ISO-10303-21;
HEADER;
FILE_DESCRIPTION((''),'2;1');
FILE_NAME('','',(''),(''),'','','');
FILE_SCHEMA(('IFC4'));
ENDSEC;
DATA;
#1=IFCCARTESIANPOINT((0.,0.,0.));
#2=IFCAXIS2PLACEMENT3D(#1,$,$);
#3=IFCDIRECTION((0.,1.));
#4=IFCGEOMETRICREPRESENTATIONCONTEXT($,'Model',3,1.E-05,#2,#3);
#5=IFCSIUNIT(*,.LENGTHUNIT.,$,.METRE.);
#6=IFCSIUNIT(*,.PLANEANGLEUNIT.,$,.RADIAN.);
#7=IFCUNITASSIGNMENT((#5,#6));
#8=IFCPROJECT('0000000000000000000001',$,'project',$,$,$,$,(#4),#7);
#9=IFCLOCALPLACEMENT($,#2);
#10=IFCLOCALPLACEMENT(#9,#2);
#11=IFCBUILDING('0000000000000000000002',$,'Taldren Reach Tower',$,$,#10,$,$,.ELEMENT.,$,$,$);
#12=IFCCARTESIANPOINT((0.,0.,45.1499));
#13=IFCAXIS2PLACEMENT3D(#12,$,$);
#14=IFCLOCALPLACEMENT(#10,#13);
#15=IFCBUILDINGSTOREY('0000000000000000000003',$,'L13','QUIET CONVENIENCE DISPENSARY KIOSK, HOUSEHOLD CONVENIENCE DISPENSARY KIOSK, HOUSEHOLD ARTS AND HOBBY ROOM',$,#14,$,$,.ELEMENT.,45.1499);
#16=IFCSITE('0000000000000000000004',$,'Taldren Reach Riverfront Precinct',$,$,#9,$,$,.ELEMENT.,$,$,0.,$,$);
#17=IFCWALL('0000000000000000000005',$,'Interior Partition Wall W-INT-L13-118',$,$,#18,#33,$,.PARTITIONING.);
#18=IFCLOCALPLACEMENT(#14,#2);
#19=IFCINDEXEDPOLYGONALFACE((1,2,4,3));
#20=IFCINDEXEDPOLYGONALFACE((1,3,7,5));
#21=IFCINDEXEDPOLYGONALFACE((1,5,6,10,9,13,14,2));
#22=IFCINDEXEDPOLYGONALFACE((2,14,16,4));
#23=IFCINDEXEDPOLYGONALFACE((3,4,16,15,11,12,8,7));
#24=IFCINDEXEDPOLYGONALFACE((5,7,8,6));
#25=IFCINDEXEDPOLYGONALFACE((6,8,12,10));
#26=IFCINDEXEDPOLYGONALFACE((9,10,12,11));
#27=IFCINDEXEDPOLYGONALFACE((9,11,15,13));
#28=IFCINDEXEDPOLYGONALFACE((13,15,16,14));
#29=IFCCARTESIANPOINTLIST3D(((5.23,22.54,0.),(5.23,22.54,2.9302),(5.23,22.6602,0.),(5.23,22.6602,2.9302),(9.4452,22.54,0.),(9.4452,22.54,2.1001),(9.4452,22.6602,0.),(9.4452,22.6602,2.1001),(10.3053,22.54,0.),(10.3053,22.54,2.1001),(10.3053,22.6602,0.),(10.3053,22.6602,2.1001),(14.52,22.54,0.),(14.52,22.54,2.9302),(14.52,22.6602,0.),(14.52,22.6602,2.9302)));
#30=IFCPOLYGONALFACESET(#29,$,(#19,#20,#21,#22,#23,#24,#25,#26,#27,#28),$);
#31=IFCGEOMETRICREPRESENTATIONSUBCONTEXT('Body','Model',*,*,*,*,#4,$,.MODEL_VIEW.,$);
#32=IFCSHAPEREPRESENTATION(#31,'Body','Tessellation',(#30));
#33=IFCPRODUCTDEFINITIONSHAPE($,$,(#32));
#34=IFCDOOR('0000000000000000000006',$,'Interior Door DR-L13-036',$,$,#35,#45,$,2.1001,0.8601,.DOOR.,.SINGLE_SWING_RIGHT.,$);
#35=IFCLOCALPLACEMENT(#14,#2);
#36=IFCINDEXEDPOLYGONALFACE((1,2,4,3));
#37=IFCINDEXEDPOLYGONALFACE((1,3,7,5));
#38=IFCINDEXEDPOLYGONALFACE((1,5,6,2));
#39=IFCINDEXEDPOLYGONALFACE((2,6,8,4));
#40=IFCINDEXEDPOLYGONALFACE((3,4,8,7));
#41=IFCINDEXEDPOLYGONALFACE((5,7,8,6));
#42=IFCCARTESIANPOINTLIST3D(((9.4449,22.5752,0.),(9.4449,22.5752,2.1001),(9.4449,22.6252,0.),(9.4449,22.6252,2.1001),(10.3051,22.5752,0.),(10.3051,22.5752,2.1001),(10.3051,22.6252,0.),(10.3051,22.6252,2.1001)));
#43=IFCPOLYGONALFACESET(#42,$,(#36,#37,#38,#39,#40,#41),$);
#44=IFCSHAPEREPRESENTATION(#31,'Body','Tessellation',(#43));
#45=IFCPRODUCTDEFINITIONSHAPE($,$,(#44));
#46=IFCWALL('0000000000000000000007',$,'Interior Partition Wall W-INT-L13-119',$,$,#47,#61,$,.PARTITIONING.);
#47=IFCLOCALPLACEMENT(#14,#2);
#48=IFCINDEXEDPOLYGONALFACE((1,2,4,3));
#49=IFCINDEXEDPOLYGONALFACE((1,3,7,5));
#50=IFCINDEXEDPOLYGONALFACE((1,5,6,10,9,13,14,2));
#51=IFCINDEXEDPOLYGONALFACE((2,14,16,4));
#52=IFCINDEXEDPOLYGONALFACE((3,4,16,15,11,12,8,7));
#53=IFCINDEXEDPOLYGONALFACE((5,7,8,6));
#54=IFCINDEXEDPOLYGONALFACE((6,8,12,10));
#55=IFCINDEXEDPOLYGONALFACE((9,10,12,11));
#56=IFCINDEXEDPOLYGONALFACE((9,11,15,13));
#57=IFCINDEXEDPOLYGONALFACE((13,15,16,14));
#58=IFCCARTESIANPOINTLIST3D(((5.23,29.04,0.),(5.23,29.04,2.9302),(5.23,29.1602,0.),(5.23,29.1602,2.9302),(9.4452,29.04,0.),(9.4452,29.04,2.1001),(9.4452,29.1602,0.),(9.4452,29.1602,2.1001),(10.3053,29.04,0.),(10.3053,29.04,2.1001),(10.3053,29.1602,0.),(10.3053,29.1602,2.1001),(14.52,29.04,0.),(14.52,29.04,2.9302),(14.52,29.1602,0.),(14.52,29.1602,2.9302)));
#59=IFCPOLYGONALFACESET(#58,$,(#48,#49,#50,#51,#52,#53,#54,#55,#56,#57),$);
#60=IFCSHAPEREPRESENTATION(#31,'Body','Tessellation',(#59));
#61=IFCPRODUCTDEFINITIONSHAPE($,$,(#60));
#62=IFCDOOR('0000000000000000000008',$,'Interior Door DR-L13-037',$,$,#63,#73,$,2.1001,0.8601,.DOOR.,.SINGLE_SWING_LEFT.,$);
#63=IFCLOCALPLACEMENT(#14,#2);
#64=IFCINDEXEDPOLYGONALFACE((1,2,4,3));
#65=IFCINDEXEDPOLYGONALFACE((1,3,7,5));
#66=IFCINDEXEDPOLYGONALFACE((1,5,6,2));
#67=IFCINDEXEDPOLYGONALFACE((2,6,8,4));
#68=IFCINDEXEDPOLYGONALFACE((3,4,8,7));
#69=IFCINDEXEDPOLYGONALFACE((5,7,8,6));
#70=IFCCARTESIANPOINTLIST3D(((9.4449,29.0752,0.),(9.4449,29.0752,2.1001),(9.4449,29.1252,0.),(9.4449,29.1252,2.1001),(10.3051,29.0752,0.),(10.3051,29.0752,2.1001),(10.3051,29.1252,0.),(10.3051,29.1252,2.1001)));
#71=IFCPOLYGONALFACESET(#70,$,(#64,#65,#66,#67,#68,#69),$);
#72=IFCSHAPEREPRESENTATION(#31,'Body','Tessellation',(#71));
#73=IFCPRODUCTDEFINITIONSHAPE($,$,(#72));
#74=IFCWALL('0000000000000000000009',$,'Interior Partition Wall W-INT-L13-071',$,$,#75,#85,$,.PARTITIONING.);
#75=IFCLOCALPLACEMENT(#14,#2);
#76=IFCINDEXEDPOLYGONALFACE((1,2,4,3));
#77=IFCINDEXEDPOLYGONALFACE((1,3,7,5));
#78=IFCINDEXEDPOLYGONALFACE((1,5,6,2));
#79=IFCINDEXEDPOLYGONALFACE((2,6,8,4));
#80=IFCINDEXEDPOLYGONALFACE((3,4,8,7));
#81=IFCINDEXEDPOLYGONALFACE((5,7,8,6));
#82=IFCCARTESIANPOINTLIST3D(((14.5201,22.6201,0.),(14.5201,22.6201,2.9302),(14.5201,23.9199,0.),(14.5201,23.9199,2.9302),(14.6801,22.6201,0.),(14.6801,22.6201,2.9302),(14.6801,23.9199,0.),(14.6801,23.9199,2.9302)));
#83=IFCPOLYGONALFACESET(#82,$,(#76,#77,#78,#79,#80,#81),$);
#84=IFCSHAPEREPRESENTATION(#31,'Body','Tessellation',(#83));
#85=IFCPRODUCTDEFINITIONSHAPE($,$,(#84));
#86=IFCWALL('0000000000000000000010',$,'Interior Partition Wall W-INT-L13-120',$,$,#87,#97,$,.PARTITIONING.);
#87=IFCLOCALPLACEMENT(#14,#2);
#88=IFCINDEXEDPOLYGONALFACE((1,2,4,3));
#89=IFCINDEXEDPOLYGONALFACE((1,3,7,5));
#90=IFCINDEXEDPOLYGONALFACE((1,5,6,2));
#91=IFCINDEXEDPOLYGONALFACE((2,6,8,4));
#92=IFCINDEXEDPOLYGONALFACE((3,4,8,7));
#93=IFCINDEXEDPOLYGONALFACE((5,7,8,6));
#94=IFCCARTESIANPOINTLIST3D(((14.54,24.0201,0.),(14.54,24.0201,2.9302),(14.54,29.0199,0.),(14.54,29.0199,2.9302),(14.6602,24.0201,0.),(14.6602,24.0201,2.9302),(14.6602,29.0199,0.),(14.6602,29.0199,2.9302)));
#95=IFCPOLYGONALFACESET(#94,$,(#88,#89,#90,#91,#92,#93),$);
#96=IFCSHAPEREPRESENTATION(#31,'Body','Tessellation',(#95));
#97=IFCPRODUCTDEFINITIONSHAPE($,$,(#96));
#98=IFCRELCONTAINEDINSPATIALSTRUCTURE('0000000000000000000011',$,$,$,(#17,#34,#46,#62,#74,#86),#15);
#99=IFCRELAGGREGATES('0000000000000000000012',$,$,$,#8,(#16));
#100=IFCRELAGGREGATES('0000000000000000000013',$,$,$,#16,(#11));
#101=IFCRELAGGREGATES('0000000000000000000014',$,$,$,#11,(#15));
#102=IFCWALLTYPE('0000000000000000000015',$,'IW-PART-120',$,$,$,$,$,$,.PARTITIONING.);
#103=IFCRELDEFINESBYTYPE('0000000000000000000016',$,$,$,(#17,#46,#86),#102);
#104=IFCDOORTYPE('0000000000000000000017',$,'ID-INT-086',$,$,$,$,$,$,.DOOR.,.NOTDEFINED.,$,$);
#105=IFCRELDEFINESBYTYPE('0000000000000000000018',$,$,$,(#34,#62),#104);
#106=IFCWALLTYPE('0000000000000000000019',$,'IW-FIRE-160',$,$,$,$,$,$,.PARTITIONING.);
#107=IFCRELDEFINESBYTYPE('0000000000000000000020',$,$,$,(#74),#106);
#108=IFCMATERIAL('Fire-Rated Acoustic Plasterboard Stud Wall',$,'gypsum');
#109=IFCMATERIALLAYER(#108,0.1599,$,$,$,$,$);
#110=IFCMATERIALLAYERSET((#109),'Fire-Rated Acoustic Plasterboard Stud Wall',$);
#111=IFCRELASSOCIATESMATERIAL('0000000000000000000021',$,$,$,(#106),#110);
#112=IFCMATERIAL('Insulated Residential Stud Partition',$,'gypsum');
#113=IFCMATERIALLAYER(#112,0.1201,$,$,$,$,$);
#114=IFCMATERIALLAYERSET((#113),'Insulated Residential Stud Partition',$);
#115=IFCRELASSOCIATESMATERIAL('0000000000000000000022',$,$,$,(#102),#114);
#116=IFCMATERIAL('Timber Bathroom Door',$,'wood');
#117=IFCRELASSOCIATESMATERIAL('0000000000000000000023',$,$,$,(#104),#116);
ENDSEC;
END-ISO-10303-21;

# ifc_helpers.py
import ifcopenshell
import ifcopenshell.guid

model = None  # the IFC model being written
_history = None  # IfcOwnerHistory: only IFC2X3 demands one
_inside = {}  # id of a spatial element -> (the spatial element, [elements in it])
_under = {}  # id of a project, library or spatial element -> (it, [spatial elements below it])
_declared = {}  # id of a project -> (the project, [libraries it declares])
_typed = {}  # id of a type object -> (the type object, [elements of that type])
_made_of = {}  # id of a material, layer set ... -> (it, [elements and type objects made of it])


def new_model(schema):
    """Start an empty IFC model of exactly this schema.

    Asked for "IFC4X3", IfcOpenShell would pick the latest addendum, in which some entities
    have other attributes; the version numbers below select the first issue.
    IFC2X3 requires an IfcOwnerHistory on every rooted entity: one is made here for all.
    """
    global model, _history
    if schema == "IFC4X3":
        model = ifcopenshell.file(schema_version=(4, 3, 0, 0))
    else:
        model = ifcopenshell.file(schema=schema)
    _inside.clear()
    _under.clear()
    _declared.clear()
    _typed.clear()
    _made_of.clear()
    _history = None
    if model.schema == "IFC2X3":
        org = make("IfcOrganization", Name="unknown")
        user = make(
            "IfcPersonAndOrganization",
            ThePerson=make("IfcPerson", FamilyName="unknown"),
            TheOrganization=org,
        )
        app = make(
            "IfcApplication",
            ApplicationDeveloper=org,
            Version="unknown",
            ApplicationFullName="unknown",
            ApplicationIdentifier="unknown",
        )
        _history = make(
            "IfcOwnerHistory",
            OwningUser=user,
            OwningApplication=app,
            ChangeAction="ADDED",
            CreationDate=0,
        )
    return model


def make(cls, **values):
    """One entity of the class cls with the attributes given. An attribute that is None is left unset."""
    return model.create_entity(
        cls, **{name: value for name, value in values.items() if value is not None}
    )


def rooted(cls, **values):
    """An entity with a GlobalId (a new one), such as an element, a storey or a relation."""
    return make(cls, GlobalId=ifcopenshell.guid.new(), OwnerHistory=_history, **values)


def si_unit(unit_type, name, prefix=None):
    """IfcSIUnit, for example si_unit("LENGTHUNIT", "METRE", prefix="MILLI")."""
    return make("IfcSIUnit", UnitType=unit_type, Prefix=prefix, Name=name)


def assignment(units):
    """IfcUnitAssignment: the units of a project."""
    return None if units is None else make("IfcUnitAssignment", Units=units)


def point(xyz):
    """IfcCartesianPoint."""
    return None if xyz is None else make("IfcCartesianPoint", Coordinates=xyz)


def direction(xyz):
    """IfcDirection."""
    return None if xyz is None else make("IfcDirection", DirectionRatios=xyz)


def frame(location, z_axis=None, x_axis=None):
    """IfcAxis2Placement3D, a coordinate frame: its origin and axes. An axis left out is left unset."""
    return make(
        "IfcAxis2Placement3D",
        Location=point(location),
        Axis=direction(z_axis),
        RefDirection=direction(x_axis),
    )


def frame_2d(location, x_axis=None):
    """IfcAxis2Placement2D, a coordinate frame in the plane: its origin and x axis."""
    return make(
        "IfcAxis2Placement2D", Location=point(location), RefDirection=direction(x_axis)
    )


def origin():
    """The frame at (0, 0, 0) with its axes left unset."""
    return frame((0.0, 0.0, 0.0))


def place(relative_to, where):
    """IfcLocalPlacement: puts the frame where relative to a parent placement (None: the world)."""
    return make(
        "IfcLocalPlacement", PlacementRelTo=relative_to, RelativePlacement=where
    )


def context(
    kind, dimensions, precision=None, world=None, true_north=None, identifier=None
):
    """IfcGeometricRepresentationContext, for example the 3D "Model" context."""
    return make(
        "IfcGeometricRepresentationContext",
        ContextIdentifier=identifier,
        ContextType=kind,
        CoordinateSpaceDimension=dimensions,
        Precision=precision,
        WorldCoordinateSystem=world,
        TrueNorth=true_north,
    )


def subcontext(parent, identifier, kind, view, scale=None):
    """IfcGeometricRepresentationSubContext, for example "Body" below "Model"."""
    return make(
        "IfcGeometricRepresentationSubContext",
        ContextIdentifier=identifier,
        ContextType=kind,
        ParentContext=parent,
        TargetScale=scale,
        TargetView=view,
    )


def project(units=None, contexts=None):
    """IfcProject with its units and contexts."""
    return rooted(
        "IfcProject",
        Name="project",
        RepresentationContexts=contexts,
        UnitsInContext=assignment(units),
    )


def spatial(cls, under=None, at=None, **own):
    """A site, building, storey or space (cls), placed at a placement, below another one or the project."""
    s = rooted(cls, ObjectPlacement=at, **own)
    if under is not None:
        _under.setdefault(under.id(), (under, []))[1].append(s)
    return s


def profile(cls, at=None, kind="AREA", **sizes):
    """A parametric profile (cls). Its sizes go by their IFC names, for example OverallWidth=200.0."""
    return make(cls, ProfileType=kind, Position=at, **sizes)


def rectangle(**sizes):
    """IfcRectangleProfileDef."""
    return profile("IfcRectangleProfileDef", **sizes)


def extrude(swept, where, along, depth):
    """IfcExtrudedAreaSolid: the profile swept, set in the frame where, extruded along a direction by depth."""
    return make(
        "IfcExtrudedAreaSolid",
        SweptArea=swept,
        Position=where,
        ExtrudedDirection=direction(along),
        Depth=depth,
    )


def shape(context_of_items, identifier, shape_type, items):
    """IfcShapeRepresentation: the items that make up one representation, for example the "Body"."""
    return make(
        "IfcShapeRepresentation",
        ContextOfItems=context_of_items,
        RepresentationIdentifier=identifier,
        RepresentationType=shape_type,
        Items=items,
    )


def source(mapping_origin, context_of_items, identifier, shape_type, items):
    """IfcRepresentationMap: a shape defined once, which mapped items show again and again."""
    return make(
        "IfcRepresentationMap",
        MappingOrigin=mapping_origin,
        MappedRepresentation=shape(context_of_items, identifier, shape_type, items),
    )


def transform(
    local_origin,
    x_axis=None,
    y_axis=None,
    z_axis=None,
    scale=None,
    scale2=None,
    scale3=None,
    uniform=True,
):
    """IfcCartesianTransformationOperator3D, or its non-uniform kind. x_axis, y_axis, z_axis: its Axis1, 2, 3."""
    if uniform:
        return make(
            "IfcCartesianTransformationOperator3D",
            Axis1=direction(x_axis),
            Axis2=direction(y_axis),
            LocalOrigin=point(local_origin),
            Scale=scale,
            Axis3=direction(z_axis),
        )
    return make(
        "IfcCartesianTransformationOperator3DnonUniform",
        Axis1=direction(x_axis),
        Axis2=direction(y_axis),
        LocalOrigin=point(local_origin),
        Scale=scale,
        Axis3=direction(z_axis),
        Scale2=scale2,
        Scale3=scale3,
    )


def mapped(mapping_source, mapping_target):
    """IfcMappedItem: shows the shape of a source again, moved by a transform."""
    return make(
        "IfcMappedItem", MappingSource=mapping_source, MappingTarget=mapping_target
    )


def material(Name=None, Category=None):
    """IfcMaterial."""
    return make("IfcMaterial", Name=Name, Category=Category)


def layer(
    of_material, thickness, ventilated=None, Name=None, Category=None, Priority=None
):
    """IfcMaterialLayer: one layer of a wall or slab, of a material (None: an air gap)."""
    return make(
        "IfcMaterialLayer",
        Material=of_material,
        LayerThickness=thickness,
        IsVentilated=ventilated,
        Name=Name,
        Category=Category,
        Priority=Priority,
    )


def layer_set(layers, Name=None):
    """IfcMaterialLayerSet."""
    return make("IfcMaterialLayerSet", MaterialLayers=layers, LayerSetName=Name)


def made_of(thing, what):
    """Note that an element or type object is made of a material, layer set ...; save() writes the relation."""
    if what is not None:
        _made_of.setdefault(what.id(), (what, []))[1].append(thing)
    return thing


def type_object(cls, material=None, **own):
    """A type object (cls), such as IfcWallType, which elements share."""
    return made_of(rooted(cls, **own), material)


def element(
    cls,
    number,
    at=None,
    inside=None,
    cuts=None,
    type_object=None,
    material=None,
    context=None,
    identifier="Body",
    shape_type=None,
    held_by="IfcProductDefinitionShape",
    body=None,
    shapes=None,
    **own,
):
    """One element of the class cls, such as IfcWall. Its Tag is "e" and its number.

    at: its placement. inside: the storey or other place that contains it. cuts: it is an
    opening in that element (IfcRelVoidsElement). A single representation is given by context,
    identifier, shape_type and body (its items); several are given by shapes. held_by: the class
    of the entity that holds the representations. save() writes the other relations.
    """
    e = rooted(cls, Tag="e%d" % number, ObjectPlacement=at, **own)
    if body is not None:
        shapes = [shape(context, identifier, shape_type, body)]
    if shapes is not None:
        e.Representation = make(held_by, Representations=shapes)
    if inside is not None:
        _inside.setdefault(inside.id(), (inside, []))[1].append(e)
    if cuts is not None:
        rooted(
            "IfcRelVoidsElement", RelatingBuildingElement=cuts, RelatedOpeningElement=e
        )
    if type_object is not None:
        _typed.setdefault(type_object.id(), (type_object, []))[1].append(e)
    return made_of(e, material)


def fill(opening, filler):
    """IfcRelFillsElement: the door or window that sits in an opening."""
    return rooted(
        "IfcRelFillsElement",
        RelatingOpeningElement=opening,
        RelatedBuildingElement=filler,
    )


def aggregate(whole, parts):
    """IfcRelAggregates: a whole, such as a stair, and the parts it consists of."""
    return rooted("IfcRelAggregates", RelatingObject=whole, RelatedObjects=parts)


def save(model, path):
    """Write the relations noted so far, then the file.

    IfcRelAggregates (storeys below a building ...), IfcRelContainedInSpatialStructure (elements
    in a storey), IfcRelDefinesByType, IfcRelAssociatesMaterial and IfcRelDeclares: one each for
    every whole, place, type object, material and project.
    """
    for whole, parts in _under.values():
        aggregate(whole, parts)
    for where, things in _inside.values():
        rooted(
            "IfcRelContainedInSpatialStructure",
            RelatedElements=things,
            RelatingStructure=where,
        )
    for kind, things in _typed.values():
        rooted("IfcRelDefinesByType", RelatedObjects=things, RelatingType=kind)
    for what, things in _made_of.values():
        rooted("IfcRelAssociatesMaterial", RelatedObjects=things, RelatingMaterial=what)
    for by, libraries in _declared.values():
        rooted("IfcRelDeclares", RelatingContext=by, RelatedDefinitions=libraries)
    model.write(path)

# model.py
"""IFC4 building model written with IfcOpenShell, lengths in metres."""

from ifc_helpers import new_model, si_unit, direction, frame, frame_2d, origin, place, context, subcontext, project, spatial, rectangle, extrude, source, transform, mapped, material, layer, layer_set, type_object, element, fill, save


model = new_model("IFC4")

# Units and contexts
model_context = context("Model", 3, precision=1e-05, world=origin(), true_north=direction((0.0, 1.0)))
body_context = subcontext(model_context, "Body", "Model", "MODEL_VIEW")
ifc_project = project(units=[si_unit("LENGTHUNIT", "METRE"), si_unit("PLANEANGLEUNIT", "RADIAN")], contexts=[model_context])

# Site, building, storey
site_placement = place(None, origin())
site = spatial("IfcSite", under=ifc_project, at=site_placement, Name="Taldren Reach Riverfront Precinct", CompositionType="ELEMENT", RefElevation=0.0)
building_placement = place(site_placement, origin())
building = spatial("IfcBuilding", under=site, at=building_placement, Name="Taldren Reach Tower", CompositionType="ELEMENT")
storey_placement = place(building_placement, frame((0.0, 0.0, 45.1499)))
storey = spatial("IfcBuildingStorey", under=building, at=storey_placement, Name="L13", Description="QUIET CONVENIENCE DISPENSARY KIOSK, HOUSEHOLD CONVENIENCE DISPENSARY KIOSK, HOUSEHOLD ARTS AND HOBBY ROOM", CompositionType="ELEMENT", Elevation=45.1499)

# Shared definitions
ifc_material_1 = material(Name="Fire-Rated Acoustic Plasterboard Stud Wall", Category="gypsum")
ifc_layer_1 = layer(ifc_material_1, 0.1599)
ifc_layer_set_1 = layer_set([ifc_layer_1], Name="Fire-Rated Acoustic Plasterboard Stud Wall")
wall_type_1 = type_object("IfcWallType", Name="IW-FIRE-160", PredefinedType="PARTITIONING", material=ifc_layer_set_1)

# Walls, openings, doors
ifc_material_2 = material(Name="Insulated Residential Stud Partition", Category="gypsum")
ifc_layer_2 = layer(ifc_material_2, 0.1201)
ifc_layer_set_2 = layer_set([ifc_layer_2], Name="Insulated Residential Stud Partition")
wall_type_2 = type_object("IfcWallType", Name="IW-PART-120", PredefinedType="PARTITIONING", material=ifc_layer_set_2)
shared_shape_1 = source(origin(), body_context, "Body", "SweptSolid", [
    extrude(rectangle(XDim=9.29, YDim=0.1201, at=frame_2d((4.645, 0.0))), origin(), (0.0, 0.0, 1.0), 2.9302),
])
wall_1_placement = place(storey_placement, frame((5.23, 22.6001, 0.0), z_axis=(0.0, 0.0, 1.0), x_axis=(1.0, 0.0, 0.0)))
wall_1 = element("IfcWall", 1, at=wall_1_placement, inside=storey, type_object=wall_type_2, Name="Interior Partition Wall W-INT-L13-118", PredefinedType="PARTITIONING", context=body_context, shape_type="MappedRepresentation", body=[
    mapped(shared_shape_1, transform((0.0, 0.0, 0.0), scale=1.0)),
])
shared_shape_2 = source(origin(), body_context, "Body", "SweptSolid", [
    extrude(rectangle(XDim=0.8601, YDim=2.1001, at=frame_2d((0.4302, 1.05))), frame((0.0, 0.0701, 0.0), z_axis=(0.0, -1.0, 0.0), x_axis=(1.0, 0.0, 0.0)), (0.0, 0.0, 1.0), 0.1401),
])
opening_1_placement = place(wall_1_placement, frame((4.2151, 0.0, 0.0)))
opening_1 = element("IfcOpeningElement", 2, at=opening_1_placement, cuts=wall_1, PredefinedType="OPENING", context=body_context, shape_type="MappedRepresentation", body=[
    mapped(shared_shape_2, transform((0.0, 0.0, 0.0), scale=1.0)),
])
ifc_material_3 = material(Name="Timber Bathroom Door", Category="wood")
door_type_1 = type_object("IfcDoorType", Name="ID-INT-086", OperationType="NOTDEFINED", PredefinedType="DOOR", material=ifc_material_3)
shared_shape_3 = source(origin(), body_context, "Body", "SweptSolid", [
    extrude(rectangle(XDim=0.8601, YDim=2.1001, at=frame_2d((0.4302, 1.05))), frame((0.0, 0.0249, 0.0), z_axis=(0.0, -1.0, 0.0), x_axis=(1.0, 0.0, 0.0)), (0.0, 0.0, 1.0), 0.05),
])
door_1_placement = place(opening_1_placement, frame((0.8601, 0.0, 0.0), z_axis=(0.0, 0.0, 1.0), x_axis=(-1.0, 0.0, 0.0)))
door_1 = element("IfcDoor", 3, at=door_1_placement, inside=storey, type_object=door_type_1, Name="Interior Door DR-L13-036", OperationType="SINGLE_SWING_RIGHT", OverallHeight=2.1001, OverallWidth=0.8601, PredefinedType="DOOR", context=body_context, shape_type="MappedRepresentation", body=[
    mapped(shared_shape_3, transform((0.0, 0.0, 0.0), scale=1.0)),
])
fill(opening_1, door_1)
wall_2_placement = place(storey_placement, frame((5.23, 29.1001, 0.0), z_axis=(0.0, 0.0, 1.0), x_axis=(1.0, 0.0, 0.0)))
wall_2 = element("IfcWall", 4, at=wall_2_placement, inside=storey, type_object=wall_type_2, Name="Interior Partition Wall W-INT-L13-119", PredefinedType="PARTITIONING", context=body_context, shape_type="MappedRepresentation", body=[
    mapped(shared_shape_1, transform((0.0, 0.0, 0.0), scale=1.0)),
])
opening_2_placement = place(wall_2_placement, frame((4.2151, 0.0, 0.0)))
opening_2 = element("IfcOpeningElement", 5, at=opening_2_placement, cuts=wall_2, PredefinedType="OPENING", context=body_context, shape_type="MappedRepresentation", body=[
    mapped(shared_shape_2, transform((0.0, 0.0, 0.0), scale=1.0)),
])
door_2_placement = place(opening_2_placement, frame((0.8601, 0.0, 0.0), z_axis=(0.0, 0.0, 1.0), x_axis=(-1.0, 0.0, 0.0)))
door_2 = element("IfcDoor", 6, at=door_2_placement, inside=storey, type_object=door_type_1, Name="Interior Door DR-L13-037", OperationType="SINGLE_SWING_LEFT", OverallHeight=2.1001, OverallWidth=0.8601, PredefinedType="DOOR", context=body_context, shape_type="MappedRepresentation", body=[
    mapped(shared_shape_3, transform((0.0, 0.0, 0.0), scale=1.0)),
])
fill(opening_2, door_2)

# Walls
shared_shape_4 = source(origin(), body_context, "Body", "SweptSolid", [
    extrude(rectangle(XDim=1.2998, YDim=0.1599, at=frame_2d((0.6499, 0.0))), origin(), (0.0, 0.0, 1.0), 2.9302),
])
wall_3_placement = place(storey_placement, frame((14.6001, 22.6201, 0.0), z_axis=(0.0, 0.0, 1.0), x_axis=(0.0, 1.0, 0.0)))
element("IfcWall", 7, at=wall_3_placement, inside=storey, type_object=wall_type_1, Name="Interior Partition Wall W-INT-L13-071", PredefinedType="PARTITIONING", context=body_context, shape_type="MappedRepresentation", body=[
    mapped(shared_shape_4, transform((0.0, 0.0, 0.0), scale=1.0)),
])
shared_shape_5 = source(origin(), body_context, "Body", "SweptSolid", [
    extrude(rectangle(XDim=4.9998, YDim=0.1201, at=frame_2d((2.5, 0.0))), origin(), (0.0, 0.0, 1.0), 2.9302),
])
wall_4_placement = place(storey_placement, frame((14.6001, 29.02, 0.0), z_axis=(0.0, 0.0, 1.0), x_axis=(0.0, -1.0, 0.0)))
element("IfcWall", 8, at=wall_4_placement, inside=storey, type_object=wall_type_2, Name="Interior Partition Wall W-INT-L13-120", PredefinedType="PARTITIONING", context=body_context, shape_type="MappedRepresentation", body=[
    mapped(shared_shape_5, transform((0.0, 0.0, 0.0), scale=1.0)),
])

save(model, "model.ifc")
